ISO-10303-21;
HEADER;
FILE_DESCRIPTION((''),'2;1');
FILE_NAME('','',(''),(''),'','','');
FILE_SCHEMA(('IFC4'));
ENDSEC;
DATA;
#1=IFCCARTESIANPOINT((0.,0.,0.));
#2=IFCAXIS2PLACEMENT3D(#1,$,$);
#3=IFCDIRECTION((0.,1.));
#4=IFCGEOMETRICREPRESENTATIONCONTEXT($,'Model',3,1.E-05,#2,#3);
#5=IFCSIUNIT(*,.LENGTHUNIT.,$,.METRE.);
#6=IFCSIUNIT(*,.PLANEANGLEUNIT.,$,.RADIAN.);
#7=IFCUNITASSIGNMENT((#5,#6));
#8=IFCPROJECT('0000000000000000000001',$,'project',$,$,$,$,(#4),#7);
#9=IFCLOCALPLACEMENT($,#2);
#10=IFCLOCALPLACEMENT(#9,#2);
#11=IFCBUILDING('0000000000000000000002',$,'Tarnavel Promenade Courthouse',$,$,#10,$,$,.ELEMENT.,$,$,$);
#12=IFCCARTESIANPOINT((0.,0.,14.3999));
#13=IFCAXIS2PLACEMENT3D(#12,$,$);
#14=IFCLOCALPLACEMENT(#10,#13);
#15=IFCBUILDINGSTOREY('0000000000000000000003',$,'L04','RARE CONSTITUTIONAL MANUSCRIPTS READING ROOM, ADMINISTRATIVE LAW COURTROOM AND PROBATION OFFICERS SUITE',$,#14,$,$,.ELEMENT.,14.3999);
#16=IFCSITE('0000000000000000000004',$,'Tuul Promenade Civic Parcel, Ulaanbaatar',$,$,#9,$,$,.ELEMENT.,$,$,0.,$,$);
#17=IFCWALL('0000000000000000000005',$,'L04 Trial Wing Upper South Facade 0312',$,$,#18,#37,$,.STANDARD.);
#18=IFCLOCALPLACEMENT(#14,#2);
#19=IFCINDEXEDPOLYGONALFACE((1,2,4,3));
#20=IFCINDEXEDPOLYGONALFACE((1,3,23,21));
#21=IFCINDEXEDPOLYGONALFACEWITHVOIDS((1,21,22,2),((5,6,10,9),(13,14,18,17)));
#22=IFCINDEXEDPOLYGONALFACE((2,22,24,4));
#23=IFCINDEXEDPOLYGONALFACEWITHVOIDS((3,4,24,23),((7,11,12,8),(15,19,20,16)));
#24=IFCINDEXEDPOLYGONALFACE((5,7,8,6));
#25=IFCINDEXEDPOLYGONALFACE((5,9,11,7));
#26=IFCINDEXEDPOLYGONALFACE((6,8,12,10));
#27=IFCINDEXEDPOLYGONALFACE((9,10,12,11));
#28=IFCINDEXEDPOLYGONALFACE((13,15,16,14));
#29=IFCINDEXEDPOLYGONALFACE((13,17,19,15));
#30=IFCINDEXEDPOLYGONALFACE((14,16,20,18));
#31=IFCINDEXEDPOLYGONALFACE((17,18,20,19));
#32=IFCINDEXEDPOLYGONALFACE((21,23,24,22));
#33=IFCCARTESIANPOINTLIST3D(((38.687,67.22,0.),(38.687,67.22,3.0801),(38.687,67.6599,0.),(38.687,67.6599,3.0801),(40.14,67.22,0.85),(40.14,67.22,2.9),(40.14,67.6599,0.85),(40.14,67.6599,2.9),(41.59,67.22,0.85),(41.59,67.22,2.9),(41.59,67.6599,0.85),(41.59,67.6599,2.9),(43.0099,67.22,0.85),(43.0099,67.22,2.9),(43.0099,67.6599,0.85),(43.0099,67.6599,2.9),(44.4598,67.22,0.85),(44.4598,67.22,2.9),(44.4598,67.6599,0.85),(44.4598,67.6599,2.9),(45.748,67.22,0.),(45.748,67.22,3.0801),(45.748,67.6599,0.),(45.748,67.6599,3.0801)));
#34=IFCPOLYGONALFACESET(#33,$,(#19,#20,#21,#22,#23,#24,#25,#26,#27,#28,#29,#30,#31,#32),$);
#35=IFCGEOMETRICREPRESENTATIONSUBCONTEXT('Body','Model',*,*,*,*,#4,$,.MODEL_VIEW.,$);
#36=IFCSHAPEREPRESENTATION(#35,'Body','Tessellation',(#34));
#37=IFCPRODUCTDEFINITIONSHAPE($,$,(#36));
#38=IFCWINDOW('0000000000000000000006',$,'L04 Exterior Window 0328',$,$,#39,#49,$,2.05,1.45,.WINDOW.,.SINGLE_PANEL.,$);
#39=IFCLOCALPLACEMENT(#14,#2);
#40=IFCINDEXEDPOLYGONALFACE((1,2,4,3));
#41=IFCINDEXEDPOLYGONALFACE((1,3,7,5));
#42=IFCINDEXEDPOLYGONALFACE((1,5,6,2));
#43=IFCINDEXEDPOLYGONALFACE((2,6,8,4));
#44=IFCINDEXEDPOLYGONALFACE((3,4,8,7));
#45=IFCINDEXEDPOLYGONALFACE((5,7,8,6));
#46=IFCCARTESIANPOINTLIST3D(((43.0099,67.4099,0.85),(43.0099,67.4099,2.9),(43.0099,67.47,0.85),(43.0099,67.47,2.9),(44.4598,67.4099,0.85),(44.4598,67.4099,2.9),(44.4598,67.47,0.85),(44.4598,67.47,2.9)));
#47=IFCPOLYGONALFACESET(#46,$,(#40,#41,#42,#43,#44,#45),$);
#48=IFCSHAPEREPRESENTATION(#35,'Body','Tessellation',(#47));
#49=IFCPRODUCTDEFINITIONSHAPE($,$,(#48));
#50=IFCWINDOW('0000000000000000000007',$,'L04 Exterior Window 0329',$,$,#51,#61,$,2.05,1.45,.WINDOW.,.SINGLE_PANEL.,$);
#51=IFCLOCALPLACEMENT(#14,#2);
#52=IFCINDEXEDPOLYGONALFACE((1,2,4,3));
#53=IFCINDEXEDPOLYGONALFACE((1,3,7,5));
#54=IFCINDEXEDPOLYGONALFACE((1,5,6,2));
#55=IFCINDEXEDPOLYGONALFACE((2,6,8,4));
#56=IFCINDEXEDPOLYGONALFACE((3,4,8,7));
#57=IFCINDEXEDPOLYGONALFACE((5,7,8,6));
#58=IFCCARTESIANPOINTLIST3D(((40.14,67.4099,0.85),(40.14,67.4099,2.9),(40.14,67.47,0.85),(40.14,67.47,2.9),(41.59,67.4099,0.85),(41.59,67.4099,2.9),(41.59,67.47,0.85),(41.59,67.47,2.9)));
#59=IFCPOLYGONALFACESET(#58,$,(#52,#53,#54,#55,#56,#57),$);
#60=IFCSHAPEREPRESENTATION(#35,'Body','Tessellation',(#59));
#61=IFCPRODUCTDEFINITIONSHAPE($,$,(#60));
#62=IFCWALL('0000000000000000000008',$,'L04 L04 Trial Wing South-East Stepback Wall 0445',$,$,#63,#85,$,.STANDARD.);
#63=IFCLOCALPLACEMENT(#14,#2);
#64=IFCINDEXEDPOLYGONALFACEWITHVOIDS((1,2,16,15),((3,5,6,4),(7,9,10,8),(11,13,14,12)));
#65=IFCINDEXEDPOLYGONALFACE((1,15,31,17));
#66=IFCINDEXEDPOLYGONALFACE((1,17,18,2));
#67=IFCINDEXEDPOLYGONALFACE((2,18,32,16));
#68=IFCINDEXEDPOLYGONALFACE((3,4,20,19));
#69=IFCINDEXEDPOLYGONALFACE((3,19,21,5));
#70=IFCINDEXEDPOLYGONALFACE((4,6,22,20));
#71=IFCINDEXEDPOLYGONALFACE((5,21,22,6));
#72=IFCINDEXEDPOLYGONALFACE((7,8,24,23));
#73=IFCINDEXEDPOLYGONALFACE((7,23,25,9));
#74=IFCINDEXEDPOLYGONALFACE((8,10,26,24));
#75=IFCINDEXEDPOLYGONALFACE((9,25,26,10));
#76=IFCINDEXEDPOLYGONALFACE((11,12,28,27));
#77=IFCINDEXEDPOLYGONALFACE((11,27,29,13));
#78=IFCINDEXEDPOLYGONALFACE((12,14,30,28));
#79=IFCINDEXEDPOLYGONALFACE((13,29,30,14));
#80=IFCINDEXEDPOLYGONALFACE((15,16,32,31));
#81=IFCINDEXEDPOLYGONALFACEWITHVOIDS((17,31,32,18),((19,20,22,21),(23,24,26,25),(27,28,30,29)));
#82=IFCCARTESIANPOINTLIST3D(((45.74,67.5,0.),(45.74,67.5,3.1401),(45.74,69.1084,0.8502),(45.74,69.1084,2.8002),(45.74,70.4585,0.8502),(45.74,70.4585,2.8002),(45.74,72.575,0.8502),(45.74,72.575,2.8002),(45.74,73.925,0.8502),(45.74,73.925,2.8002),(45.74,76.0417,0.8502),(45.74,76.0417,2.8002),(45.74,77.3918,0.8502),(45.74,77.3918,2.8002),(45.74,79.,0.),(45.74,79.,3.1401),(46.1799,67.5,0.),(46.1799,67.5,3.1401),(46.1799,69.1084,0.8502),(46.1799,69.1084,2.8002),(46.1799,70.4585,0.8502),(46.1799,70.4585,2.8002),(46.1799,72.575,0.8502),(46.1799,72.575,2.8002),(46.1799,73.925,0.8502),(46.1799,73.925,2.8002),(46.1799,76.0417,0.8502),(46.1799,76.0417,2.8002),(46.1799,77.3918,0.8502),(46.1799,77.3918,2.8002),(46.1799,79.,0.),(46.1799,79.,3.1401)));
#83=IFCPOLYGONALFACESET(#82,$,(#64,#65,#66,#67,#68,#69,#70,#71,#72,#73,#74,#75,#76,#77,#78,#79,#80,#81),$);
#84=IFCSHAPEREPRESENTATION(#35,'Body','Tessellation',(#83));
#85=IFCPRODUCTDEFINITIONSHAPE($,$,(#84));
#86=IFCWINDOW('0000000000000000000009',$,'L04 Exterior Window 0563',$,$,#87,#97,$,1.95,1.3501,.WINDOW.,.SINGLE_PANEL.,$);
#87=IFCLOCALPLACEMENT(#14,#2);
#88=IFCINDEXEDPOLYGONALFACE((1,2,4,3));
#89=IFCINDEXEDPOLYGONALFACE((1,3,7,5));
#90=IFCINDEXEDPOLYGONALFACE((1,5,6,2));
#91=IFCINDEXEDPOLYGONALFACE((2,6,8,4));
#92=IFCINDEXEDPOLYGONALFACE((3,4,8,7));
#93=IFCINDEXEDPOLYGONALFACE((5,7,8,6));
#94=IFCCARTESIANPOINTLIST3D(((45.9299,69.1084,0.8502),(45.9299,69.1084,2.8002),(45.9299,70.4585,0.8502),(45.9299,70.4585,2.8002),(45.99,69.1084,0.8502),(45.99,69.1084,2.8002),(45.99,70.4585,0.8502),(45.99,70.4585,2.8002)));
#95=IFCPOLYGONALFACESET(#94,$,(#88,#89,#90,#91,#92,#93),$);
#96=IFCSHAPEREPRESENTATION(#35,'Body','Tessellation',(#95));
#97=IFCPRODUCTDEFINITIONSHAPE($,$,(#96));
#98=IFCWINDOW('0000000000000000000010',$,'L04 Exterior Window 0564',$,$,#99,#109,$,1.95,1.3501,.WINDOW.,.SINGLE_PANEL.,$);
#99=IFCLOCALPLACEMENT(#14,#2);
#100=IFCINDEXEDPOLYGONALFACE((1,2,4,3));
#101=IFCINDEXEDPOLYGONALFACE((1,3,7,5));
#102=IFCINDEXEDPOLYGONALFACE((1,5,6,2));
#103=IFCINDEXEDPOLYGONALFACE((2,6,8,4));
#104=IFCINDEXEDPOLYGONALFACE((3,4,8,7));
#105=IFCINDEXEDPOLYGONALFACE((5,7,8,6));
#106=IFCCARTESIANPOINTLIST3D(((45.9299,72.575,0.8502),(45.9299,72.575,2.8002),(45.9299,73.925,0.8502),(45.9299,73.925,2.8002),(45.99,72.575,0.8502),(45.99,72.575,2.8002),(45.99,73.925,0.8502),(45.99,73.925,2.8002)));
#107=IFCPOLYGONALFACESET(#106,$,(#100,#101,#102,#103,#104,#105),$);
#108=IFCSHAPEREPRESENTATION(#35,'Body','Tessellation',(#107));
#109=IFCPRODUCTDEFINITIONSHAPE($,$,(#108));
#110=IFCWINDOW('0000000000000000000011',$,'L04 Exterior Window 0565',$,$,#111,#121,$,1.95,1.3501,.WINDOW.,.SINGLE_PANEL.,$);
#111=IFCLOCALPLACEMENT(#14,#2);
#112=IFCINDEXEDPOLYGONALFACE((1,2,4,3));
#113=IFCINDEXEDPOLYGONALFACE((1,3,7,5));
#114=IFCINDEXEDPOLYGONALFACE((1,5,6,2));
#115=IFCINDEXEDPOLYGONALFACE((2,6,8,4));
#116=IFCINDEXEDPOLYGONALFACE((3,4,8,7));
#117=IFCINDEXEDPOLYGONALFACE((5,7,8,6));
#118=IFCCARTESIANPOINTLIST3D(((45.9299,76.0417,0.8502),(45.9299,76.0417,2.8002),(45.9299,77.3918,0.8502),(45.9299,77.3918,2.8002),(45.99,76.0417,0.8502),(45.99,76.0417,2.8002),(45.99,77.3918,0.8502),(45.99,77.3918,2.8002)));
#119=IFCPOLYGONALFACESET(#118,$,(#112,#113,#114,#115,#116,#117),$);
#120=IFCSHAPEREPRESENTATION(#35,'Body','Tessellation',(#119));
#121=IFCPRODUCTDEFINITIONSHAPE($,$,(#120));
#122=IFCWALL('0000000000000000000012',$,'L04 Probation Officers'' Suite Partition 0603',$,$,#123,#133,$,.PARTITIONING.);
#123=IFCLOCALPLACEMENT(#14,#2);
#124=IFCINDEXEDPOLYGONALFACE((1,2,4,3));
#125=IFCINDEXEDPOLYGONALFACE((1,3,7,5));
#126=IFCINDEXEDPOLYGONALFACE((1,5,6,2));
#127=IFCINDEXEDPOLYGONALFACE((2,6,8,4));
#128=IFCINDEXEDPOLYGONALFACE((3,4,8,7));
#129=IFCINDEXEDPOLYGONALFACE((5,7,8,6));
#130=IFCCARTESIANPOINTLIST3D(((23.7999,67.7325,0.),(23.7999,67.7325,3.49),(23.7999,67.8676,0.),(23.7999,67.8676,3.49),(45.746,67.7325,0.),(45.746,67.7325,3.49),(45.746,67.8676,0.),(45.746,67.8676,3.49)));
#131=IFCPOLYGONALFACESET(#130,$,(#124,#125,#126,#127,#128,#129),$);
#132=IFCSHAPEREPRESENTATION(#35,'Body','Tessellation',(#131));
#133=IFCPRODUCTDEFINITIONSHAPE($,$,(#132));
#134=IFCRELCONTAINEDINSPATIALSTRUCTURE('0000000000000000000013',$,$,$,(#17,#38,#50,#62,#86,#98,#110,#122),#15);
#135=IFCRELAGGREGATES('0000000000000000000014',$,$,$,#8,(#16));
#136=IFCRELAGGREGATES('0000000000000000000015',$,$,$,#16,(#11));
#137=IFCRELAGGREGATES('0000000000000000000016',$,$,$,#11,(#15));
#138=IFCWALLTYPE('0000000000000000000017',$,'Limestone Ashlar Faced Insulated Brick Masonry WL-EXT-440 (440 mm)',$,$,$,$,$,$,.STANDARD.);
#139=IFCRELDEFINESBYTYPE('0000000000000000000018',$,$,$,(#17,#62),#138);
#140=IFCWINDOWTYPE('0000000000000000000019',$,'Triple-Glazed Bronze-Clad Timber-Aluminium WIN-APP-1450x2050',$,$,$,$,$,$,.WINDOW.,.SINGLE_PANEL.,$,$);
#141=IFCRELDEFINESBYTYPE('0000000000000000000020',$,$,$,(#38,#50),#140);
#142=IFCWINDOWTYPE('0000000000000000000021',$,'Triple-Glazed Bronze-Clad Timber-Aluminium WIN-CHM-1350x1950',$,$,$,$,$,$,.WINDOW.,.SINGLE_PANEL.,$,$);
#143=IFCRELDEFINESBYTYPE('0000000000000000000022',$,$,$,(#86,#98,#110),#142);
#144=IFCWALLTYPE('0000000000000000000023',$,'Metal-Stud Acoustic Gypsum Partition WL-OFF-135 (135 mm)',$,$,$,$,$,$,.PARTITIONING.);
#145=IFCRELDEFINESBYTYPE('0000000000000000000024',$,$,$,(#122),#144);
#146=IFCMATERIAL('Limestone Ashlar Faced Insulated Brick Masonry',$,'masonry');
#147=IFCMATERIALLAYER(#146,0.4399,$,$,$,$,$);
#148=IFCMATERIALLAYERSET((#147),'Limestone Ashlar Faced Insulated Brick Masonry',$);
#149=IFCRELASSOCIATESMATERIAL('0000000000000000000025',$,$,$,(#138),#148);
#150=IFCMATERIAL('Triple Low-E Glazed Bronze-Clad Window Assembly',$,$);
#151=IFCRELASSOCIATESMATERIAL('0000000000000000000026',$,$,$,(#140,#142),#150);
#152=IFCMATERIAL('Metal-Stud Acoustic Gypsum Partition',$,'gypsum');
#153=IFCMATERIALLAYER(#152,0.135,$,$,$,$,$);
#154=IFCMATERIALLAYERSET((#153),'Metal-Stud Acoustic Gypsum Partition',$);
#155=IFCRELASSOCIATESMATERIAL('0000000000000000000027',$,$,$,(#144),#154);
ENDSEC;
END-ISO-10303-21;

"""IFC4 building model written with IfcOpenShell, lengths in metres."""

from ifc_helpers import new_model, si_unit, direction, frame, frame_2d, origin, place, context, subcontext, project, spatial, rectangle, extrude, material, layer, layer_set, type_object, element, fill, save


model = new_model("IFC4")

# Units and contexts
model_context = context("Model", 3, precision=1e-05, world=origin(), true_north=direction((0.0, 1.0)))
body_context = subcontext(model_context, "Body", "Model", "MODEL_VIEW")
ifc_project = project(units=[si_unit("LENGTHUNIT", "METRE"), si_unit("PLANEANGLEUNIT", "RADIAN")], contexts=[model_context])

# Site, building, storey
site_placement = place(None, origin())
site = spatial("IfcSite", under=ifc_project, at=site_placement, Name="Tuul Promenade Civic Parcel, Ulaanbaatar", CompositionType="ELEMENT", RefElevation=0.0)
building_placement = place(site_placement, origin())
building = spatial("IfcBuilding", under=site, at=building_placement, Name="Tarnavel Promenade Courthouse", CompositionType="ELEMENT")
storey_placement = place(building_placement, frame((0.0, 0.0, 14.3999)))
storey = spatial("IfcBuildingStorey", under=building, at=storey_placement, Name="L04", Description="RARE CONSTITUTIONAL MANUSCRIPTS READING ROOM, ADMINISTRATIVE LAW COURTROOM AND PROBATION OFFICERS SUITE", CompositionType="ELEMENT", Elevation=14.3999)

# Walls, openings, windows
ifc_material_1 = material(Name="Triple Low-E Glazed Bronze-Clad Window Assembly")
ifc_material_2 = material(Name="Limestone Ashlar Faced Insulated Brick Masonry", Category="masonry")
ifc_layer_1 = layer(ifc_material_2, 0.4399)
ifc_layer_set_1 = layer_set([ifc_layer_1], Name="Limestone Ashlar Faced Insulated Brick Masonry")
wall_type_1 = type_object("IfcWallType", Name="Limestone Ashlar Faced Insulated Brick Masonry WL-EXT-440 (440 mm)", PredefinedType="STANDARD", material=ifc_layer_set_1)
window_type_1 = type_object("IfcWindowType", Name="Triple-Glazed Bronze-Clad Timber-Aluminium WIN-APP-1450x2050", PartitioningType="SINGLE_PANEL", PredefinedType="WINDOW", material=ifc_material_1)
wall_1_placement = place(storey_placement, frame((45.748, 67.4399, 0.0), z_axis=(0.0, 0.0, 1.0), x_axis=(-1.0, 0.0, 0.0)))
wall_1 = element("IfcWall", 1, at=wall_1_placement, inside=storey, type_object=wall_type_1, Name="L04 Trial Wing Upper South Facade 0312", PredefinedType="STANDARD", context=body_context, shape_type="SweptSolid", body=[
    extrude(rectangle(XDim=7.061, YDim=0.4399, at=frame_2d((3.5305, 0.0))), origin(), (0.0, 0.0, 1.0), 3.0801),
])
opening_1_placement = place(wall_1_placement, frame((1.2881, 0.0, 0.8501)))
opening_1 = element("IfcOpeningElement", 2, at=opening_1_placement, cuts=wall_1, PredefinedType="OPENING", context=body_context, shape_type="SweptSolid", body=[
    extrude(rectangle(XDim=1.45, YDim=2.05, at=frame_2d((0.7251, 1.0249))), frame((0.0, 0.23, 0.0), z_axis=(0.0, -1.0, 0.0), x_axis=(1.0, 0.0, 0.0)), (0.0, 0.0, 1.0), 0.46),
])
opening_2_placement = place(wall_1_placement, frame((4.158, 0.0, 0.8501)))
opening_2 = element("IfcOpeningElement", 3, at=opening_2_placement, cuts=wall_1, PredefinedType="OPENING", context=body_context, shape_type="SweptSolid", body=[
    extrude(rectangle(XDim=1.45, YDim=2.05, at=frame_2d((0.7251, 1.0249))), frame((0.0, 0.23, 0.0), z_axis=(0.0, -1.0, 0.0), x_axis=(1.0, 0.0, 0.0)), (0.0, 0.0, 1.0), 0.46),
])
window_1_placement = place(opening_1_placement, origin())
window_1 = element("IfcWindow", 4, at=window_1_placement, inside=storey, type_object=window_type_1, Name="L04 Exterior Window 0328", OverallHeight=2.05, OverallWidth=1.45, PartitioningType="SINGLE_PANEL", PredefinedType="WINDOW", context=body_context, shape_type="SweptSolid", body=[
    extrude(rectangle(XDim=1.45, YDim=2.05, at=frame_2d((0.7251, 1.0249))), frame((0.0, 0.03, 0.0), z_axis=(0.0, -1.0, 0.0), x_axis=(1.0, 0.0, 0.0)), (0.0, 0.0, 1.0), 0.0601),
])
fill(opening_1, window_1)
window_2_placement = place(opening_2_placement, origin())
window_2 = element("IfcWindow", 5, at=window_2_placement, inside=storey, type_object=window_type_1, Name="L04 Exterior Window 0329", OverallHeight=2.05, OverallWidth=1.45, PartitioningType="SINGLE_PANEL", PredefinedType="WINDOW", context=body_context, shape_type="SweptSolid", body=[
    extrude(rectangle(XDim=1.45, YDim=2.05, at=frame_2d((0.7251, 1.0249))), frame((0.0, 0.03, 0.0), z_axis=(0.0, -1.0, 0.0), x_axis=(1.0, 0.0, 0.0)), (0.0, 0.0, 1.0), 0.0601),
])
fill(opening_2, window_2)
wall_2_placement = place(storey_placement, frame((45.96, 67.5, 0.0), z_axis=(0.0, 0.0, 1.0), x_axis=(0.0, 1.0, 0.0)))
wall_2 = element("IfcWall", 6, at=wall_2_placement, inside=storey, type_object=wall_type_1, Name="L04 L04 Trial Wing South-East Stepback Wall 0445", PredefinedType="STANDARD", context=body_context, shape_type="SweptSolid", body=[
    extrude(rectangle(XDim=11.5, YDim=0.4399, at=frame_2d((5.75, 0.0))), origin(), (0.0, 0.0, 1.0), 3.1401),
])
opening_3_placement = place(wall_2_placement, frame((1.6084, 0.0, 0.8501)))
opening_3 = element("IfcOpeningElement", 7, at=opening_3_placement, cuts=wall_2, PredefinedType="OPENING", context=body_context, shape_type="SweptSolid", body=[
    extrude(rectangle(XDim=1.3501, YDim=1.95, at=frame_2d((0.675, 0.9751))), frame((0.0, 0.23, 0.0), z_axis=(0.0, -1.0, 0.0), x_axis=(1.0, 0.0, 0.0)), (0.0, 0.0, 1.0), 0.46),
])
opening_4_placement = place(wall_2_placement, frame((5.075, 0.0, 0.8501)))
opening_4 = element("IfcOpeningElement", 8, at=opening_4_placement, cuts=wall_2, PredefinedType="OPENING", context=body_context, shape_type="SweptSolid", body=[
    extrude(rectangle(XDim=1.3501, YDim=1.95, at=frame_2d((0.675, 0.9751))), frame((0.0, 0.23, 0.0), z_axis=(0.0, -1.0, 0.0), x_axis=(1.0, 0.0, 0.0)), (0.0, 0.0, 1.0), 0.46),
])
opening_5_placement = place(wall_2_placement, frame((8.5417, 0.0, 0.8501)))
opening_5 = element("IfcOpeningElement", 9, at=opening_5_placement, cuts=wall_2, PredefinedType="OPENING", context=body_context, shape_type="SweptSolid", body=[
    extrude(rectangle(XDim=1.3501, YDim=1.95, at=frame_2d((0.675, 0.9751))), frame((0.0, 0.23, 0.0), z_axis=(0.0, -1.0, 0.0), x_axis=(1.0, 0.0, 0.0)), (0.0, 0.0, 1.0), 0.46),
])
window_type_2 = type_object("IfcWindowType", Name="Triple-Glazed Bronze-Clad Timber-Aluminium WIN-CHM-1350x1950", PartitioningType="SINGLE_PANEL", PredefinedType="WINDOW", material=ifc_material_1)
window_3_placement = place(opening_3_placement, origin())
window_3 = element("IfcWindow", 10, at=window_3_placement, inside=storey, type_object=window_type_2, Name="L04 Exterior Window 0563", OverallHeight=1.95, OverallWidth=1.3501, PartitioningType="SINGLE_PANEL", PredefinedType="WINDOW", context=body_context, shape_type="SweptSolid", body=[
    extrude(rectangle(XDim=1.3501, YDim=1.95, at=frame_2d((0.675, 0.9751))), frame((0.0, 0.03, 0.0), z_axis=(0.0, -1.0, 0.0), x_axis=(1.0, 0.0, 0.0)), (0.0, 0.0, 1.0), 0.0601),
])
fill(opening_3, window_3)
window_4_placement = place(opening_4_placement, origin())
window_4 = element("IfcWindow", 11, at=window_4_placement, inside=storey, type_object=window_type_2, Name="L04 Exterior Window 0564", OverallHeight=1.95, OverallWidth=1.3501, PartitioningType="SINGLE_PANEL", PredefinedType="WINDOW", context=body_context, shape_type="SweptSolid", body=[
    extrude(rectangle(XDim=1.3501, YDim=1.95, at=frame_2d((0.675, 0.9751))), frame((0.0, 0.03, 0.0), z_axis=(0.0, -1.0, 0.0), x_axis=(1.0, 0.0, 0.0)), (0.0, 0.0, 1.0), 0.0601),
])
fill(opening_4, window_4)
window_5_placement = place(opening_5_placement, origin())
window_5 = element("IfcWindow", 12, at=window_5_placement, inside=storey, type_object=window_type_2, Name="L04 Exterior Window 0565", OverallHeight=1.95, OverallWidth=1.3501, PartitioningType="SINGLE_PANEL", PredefinedType="WINDOW", context=body_context, shape_type="SweptSolid", body=[
    extrude(rectangle(XDim=1.3501, YDim=1.95, at=frame_2d((0.675, 0.9751))), frame((0.0, 0.03, 0.0), z_axis=(0.0, -1.0, 0.0), x_axis=(1.0, 0.0, 0.0)), (0.0, 0.0, 1.0), 0.0601),
])
fill(opening_5, window_5)

# Wall
ifc_material_3 = material(Name="Metal-Stud Acoustic Gypsum Partition", Category="gypsum")
ifc_layer_2 = layer(ifc_material_3, 0.135)
ifc_layer_set_2 = layer_set([ifc_layer_2], Name="Metal-Stud Acoustic Gypsum Partition")
wall_type_2 = type_object("IfcWallType", Name="Metal-Stud Acoustic Gypsum Partition WL-OFF-135 (135 mm)", PredefinedType="PARTITIONING", material=ifc_layer_set_2)
wall_3_placement = place(storey_placement, frame((45.7461, 67.8, 0.0), z_axis=(0.0, 0.0, 1.0), x_axis=(-1.0, 0.0, 0.0)))
element("IfcWall", 13, at=wall_3_placement, inside=storey, type_object=wall_type_2, Name="L04 Probation Officers' Suite Partition 0603", PredefinedType="PARTITIONING", context=body_context, shape_type="SweptSolid", body=[
    extrude(rectangle(XDim=21.946, YDim=0.135, at=frame_2d((10.9731, 0.0))), origin(), (0.0, 0.0, 1.0), 3.49),
])

save(model, "model.ifc")
